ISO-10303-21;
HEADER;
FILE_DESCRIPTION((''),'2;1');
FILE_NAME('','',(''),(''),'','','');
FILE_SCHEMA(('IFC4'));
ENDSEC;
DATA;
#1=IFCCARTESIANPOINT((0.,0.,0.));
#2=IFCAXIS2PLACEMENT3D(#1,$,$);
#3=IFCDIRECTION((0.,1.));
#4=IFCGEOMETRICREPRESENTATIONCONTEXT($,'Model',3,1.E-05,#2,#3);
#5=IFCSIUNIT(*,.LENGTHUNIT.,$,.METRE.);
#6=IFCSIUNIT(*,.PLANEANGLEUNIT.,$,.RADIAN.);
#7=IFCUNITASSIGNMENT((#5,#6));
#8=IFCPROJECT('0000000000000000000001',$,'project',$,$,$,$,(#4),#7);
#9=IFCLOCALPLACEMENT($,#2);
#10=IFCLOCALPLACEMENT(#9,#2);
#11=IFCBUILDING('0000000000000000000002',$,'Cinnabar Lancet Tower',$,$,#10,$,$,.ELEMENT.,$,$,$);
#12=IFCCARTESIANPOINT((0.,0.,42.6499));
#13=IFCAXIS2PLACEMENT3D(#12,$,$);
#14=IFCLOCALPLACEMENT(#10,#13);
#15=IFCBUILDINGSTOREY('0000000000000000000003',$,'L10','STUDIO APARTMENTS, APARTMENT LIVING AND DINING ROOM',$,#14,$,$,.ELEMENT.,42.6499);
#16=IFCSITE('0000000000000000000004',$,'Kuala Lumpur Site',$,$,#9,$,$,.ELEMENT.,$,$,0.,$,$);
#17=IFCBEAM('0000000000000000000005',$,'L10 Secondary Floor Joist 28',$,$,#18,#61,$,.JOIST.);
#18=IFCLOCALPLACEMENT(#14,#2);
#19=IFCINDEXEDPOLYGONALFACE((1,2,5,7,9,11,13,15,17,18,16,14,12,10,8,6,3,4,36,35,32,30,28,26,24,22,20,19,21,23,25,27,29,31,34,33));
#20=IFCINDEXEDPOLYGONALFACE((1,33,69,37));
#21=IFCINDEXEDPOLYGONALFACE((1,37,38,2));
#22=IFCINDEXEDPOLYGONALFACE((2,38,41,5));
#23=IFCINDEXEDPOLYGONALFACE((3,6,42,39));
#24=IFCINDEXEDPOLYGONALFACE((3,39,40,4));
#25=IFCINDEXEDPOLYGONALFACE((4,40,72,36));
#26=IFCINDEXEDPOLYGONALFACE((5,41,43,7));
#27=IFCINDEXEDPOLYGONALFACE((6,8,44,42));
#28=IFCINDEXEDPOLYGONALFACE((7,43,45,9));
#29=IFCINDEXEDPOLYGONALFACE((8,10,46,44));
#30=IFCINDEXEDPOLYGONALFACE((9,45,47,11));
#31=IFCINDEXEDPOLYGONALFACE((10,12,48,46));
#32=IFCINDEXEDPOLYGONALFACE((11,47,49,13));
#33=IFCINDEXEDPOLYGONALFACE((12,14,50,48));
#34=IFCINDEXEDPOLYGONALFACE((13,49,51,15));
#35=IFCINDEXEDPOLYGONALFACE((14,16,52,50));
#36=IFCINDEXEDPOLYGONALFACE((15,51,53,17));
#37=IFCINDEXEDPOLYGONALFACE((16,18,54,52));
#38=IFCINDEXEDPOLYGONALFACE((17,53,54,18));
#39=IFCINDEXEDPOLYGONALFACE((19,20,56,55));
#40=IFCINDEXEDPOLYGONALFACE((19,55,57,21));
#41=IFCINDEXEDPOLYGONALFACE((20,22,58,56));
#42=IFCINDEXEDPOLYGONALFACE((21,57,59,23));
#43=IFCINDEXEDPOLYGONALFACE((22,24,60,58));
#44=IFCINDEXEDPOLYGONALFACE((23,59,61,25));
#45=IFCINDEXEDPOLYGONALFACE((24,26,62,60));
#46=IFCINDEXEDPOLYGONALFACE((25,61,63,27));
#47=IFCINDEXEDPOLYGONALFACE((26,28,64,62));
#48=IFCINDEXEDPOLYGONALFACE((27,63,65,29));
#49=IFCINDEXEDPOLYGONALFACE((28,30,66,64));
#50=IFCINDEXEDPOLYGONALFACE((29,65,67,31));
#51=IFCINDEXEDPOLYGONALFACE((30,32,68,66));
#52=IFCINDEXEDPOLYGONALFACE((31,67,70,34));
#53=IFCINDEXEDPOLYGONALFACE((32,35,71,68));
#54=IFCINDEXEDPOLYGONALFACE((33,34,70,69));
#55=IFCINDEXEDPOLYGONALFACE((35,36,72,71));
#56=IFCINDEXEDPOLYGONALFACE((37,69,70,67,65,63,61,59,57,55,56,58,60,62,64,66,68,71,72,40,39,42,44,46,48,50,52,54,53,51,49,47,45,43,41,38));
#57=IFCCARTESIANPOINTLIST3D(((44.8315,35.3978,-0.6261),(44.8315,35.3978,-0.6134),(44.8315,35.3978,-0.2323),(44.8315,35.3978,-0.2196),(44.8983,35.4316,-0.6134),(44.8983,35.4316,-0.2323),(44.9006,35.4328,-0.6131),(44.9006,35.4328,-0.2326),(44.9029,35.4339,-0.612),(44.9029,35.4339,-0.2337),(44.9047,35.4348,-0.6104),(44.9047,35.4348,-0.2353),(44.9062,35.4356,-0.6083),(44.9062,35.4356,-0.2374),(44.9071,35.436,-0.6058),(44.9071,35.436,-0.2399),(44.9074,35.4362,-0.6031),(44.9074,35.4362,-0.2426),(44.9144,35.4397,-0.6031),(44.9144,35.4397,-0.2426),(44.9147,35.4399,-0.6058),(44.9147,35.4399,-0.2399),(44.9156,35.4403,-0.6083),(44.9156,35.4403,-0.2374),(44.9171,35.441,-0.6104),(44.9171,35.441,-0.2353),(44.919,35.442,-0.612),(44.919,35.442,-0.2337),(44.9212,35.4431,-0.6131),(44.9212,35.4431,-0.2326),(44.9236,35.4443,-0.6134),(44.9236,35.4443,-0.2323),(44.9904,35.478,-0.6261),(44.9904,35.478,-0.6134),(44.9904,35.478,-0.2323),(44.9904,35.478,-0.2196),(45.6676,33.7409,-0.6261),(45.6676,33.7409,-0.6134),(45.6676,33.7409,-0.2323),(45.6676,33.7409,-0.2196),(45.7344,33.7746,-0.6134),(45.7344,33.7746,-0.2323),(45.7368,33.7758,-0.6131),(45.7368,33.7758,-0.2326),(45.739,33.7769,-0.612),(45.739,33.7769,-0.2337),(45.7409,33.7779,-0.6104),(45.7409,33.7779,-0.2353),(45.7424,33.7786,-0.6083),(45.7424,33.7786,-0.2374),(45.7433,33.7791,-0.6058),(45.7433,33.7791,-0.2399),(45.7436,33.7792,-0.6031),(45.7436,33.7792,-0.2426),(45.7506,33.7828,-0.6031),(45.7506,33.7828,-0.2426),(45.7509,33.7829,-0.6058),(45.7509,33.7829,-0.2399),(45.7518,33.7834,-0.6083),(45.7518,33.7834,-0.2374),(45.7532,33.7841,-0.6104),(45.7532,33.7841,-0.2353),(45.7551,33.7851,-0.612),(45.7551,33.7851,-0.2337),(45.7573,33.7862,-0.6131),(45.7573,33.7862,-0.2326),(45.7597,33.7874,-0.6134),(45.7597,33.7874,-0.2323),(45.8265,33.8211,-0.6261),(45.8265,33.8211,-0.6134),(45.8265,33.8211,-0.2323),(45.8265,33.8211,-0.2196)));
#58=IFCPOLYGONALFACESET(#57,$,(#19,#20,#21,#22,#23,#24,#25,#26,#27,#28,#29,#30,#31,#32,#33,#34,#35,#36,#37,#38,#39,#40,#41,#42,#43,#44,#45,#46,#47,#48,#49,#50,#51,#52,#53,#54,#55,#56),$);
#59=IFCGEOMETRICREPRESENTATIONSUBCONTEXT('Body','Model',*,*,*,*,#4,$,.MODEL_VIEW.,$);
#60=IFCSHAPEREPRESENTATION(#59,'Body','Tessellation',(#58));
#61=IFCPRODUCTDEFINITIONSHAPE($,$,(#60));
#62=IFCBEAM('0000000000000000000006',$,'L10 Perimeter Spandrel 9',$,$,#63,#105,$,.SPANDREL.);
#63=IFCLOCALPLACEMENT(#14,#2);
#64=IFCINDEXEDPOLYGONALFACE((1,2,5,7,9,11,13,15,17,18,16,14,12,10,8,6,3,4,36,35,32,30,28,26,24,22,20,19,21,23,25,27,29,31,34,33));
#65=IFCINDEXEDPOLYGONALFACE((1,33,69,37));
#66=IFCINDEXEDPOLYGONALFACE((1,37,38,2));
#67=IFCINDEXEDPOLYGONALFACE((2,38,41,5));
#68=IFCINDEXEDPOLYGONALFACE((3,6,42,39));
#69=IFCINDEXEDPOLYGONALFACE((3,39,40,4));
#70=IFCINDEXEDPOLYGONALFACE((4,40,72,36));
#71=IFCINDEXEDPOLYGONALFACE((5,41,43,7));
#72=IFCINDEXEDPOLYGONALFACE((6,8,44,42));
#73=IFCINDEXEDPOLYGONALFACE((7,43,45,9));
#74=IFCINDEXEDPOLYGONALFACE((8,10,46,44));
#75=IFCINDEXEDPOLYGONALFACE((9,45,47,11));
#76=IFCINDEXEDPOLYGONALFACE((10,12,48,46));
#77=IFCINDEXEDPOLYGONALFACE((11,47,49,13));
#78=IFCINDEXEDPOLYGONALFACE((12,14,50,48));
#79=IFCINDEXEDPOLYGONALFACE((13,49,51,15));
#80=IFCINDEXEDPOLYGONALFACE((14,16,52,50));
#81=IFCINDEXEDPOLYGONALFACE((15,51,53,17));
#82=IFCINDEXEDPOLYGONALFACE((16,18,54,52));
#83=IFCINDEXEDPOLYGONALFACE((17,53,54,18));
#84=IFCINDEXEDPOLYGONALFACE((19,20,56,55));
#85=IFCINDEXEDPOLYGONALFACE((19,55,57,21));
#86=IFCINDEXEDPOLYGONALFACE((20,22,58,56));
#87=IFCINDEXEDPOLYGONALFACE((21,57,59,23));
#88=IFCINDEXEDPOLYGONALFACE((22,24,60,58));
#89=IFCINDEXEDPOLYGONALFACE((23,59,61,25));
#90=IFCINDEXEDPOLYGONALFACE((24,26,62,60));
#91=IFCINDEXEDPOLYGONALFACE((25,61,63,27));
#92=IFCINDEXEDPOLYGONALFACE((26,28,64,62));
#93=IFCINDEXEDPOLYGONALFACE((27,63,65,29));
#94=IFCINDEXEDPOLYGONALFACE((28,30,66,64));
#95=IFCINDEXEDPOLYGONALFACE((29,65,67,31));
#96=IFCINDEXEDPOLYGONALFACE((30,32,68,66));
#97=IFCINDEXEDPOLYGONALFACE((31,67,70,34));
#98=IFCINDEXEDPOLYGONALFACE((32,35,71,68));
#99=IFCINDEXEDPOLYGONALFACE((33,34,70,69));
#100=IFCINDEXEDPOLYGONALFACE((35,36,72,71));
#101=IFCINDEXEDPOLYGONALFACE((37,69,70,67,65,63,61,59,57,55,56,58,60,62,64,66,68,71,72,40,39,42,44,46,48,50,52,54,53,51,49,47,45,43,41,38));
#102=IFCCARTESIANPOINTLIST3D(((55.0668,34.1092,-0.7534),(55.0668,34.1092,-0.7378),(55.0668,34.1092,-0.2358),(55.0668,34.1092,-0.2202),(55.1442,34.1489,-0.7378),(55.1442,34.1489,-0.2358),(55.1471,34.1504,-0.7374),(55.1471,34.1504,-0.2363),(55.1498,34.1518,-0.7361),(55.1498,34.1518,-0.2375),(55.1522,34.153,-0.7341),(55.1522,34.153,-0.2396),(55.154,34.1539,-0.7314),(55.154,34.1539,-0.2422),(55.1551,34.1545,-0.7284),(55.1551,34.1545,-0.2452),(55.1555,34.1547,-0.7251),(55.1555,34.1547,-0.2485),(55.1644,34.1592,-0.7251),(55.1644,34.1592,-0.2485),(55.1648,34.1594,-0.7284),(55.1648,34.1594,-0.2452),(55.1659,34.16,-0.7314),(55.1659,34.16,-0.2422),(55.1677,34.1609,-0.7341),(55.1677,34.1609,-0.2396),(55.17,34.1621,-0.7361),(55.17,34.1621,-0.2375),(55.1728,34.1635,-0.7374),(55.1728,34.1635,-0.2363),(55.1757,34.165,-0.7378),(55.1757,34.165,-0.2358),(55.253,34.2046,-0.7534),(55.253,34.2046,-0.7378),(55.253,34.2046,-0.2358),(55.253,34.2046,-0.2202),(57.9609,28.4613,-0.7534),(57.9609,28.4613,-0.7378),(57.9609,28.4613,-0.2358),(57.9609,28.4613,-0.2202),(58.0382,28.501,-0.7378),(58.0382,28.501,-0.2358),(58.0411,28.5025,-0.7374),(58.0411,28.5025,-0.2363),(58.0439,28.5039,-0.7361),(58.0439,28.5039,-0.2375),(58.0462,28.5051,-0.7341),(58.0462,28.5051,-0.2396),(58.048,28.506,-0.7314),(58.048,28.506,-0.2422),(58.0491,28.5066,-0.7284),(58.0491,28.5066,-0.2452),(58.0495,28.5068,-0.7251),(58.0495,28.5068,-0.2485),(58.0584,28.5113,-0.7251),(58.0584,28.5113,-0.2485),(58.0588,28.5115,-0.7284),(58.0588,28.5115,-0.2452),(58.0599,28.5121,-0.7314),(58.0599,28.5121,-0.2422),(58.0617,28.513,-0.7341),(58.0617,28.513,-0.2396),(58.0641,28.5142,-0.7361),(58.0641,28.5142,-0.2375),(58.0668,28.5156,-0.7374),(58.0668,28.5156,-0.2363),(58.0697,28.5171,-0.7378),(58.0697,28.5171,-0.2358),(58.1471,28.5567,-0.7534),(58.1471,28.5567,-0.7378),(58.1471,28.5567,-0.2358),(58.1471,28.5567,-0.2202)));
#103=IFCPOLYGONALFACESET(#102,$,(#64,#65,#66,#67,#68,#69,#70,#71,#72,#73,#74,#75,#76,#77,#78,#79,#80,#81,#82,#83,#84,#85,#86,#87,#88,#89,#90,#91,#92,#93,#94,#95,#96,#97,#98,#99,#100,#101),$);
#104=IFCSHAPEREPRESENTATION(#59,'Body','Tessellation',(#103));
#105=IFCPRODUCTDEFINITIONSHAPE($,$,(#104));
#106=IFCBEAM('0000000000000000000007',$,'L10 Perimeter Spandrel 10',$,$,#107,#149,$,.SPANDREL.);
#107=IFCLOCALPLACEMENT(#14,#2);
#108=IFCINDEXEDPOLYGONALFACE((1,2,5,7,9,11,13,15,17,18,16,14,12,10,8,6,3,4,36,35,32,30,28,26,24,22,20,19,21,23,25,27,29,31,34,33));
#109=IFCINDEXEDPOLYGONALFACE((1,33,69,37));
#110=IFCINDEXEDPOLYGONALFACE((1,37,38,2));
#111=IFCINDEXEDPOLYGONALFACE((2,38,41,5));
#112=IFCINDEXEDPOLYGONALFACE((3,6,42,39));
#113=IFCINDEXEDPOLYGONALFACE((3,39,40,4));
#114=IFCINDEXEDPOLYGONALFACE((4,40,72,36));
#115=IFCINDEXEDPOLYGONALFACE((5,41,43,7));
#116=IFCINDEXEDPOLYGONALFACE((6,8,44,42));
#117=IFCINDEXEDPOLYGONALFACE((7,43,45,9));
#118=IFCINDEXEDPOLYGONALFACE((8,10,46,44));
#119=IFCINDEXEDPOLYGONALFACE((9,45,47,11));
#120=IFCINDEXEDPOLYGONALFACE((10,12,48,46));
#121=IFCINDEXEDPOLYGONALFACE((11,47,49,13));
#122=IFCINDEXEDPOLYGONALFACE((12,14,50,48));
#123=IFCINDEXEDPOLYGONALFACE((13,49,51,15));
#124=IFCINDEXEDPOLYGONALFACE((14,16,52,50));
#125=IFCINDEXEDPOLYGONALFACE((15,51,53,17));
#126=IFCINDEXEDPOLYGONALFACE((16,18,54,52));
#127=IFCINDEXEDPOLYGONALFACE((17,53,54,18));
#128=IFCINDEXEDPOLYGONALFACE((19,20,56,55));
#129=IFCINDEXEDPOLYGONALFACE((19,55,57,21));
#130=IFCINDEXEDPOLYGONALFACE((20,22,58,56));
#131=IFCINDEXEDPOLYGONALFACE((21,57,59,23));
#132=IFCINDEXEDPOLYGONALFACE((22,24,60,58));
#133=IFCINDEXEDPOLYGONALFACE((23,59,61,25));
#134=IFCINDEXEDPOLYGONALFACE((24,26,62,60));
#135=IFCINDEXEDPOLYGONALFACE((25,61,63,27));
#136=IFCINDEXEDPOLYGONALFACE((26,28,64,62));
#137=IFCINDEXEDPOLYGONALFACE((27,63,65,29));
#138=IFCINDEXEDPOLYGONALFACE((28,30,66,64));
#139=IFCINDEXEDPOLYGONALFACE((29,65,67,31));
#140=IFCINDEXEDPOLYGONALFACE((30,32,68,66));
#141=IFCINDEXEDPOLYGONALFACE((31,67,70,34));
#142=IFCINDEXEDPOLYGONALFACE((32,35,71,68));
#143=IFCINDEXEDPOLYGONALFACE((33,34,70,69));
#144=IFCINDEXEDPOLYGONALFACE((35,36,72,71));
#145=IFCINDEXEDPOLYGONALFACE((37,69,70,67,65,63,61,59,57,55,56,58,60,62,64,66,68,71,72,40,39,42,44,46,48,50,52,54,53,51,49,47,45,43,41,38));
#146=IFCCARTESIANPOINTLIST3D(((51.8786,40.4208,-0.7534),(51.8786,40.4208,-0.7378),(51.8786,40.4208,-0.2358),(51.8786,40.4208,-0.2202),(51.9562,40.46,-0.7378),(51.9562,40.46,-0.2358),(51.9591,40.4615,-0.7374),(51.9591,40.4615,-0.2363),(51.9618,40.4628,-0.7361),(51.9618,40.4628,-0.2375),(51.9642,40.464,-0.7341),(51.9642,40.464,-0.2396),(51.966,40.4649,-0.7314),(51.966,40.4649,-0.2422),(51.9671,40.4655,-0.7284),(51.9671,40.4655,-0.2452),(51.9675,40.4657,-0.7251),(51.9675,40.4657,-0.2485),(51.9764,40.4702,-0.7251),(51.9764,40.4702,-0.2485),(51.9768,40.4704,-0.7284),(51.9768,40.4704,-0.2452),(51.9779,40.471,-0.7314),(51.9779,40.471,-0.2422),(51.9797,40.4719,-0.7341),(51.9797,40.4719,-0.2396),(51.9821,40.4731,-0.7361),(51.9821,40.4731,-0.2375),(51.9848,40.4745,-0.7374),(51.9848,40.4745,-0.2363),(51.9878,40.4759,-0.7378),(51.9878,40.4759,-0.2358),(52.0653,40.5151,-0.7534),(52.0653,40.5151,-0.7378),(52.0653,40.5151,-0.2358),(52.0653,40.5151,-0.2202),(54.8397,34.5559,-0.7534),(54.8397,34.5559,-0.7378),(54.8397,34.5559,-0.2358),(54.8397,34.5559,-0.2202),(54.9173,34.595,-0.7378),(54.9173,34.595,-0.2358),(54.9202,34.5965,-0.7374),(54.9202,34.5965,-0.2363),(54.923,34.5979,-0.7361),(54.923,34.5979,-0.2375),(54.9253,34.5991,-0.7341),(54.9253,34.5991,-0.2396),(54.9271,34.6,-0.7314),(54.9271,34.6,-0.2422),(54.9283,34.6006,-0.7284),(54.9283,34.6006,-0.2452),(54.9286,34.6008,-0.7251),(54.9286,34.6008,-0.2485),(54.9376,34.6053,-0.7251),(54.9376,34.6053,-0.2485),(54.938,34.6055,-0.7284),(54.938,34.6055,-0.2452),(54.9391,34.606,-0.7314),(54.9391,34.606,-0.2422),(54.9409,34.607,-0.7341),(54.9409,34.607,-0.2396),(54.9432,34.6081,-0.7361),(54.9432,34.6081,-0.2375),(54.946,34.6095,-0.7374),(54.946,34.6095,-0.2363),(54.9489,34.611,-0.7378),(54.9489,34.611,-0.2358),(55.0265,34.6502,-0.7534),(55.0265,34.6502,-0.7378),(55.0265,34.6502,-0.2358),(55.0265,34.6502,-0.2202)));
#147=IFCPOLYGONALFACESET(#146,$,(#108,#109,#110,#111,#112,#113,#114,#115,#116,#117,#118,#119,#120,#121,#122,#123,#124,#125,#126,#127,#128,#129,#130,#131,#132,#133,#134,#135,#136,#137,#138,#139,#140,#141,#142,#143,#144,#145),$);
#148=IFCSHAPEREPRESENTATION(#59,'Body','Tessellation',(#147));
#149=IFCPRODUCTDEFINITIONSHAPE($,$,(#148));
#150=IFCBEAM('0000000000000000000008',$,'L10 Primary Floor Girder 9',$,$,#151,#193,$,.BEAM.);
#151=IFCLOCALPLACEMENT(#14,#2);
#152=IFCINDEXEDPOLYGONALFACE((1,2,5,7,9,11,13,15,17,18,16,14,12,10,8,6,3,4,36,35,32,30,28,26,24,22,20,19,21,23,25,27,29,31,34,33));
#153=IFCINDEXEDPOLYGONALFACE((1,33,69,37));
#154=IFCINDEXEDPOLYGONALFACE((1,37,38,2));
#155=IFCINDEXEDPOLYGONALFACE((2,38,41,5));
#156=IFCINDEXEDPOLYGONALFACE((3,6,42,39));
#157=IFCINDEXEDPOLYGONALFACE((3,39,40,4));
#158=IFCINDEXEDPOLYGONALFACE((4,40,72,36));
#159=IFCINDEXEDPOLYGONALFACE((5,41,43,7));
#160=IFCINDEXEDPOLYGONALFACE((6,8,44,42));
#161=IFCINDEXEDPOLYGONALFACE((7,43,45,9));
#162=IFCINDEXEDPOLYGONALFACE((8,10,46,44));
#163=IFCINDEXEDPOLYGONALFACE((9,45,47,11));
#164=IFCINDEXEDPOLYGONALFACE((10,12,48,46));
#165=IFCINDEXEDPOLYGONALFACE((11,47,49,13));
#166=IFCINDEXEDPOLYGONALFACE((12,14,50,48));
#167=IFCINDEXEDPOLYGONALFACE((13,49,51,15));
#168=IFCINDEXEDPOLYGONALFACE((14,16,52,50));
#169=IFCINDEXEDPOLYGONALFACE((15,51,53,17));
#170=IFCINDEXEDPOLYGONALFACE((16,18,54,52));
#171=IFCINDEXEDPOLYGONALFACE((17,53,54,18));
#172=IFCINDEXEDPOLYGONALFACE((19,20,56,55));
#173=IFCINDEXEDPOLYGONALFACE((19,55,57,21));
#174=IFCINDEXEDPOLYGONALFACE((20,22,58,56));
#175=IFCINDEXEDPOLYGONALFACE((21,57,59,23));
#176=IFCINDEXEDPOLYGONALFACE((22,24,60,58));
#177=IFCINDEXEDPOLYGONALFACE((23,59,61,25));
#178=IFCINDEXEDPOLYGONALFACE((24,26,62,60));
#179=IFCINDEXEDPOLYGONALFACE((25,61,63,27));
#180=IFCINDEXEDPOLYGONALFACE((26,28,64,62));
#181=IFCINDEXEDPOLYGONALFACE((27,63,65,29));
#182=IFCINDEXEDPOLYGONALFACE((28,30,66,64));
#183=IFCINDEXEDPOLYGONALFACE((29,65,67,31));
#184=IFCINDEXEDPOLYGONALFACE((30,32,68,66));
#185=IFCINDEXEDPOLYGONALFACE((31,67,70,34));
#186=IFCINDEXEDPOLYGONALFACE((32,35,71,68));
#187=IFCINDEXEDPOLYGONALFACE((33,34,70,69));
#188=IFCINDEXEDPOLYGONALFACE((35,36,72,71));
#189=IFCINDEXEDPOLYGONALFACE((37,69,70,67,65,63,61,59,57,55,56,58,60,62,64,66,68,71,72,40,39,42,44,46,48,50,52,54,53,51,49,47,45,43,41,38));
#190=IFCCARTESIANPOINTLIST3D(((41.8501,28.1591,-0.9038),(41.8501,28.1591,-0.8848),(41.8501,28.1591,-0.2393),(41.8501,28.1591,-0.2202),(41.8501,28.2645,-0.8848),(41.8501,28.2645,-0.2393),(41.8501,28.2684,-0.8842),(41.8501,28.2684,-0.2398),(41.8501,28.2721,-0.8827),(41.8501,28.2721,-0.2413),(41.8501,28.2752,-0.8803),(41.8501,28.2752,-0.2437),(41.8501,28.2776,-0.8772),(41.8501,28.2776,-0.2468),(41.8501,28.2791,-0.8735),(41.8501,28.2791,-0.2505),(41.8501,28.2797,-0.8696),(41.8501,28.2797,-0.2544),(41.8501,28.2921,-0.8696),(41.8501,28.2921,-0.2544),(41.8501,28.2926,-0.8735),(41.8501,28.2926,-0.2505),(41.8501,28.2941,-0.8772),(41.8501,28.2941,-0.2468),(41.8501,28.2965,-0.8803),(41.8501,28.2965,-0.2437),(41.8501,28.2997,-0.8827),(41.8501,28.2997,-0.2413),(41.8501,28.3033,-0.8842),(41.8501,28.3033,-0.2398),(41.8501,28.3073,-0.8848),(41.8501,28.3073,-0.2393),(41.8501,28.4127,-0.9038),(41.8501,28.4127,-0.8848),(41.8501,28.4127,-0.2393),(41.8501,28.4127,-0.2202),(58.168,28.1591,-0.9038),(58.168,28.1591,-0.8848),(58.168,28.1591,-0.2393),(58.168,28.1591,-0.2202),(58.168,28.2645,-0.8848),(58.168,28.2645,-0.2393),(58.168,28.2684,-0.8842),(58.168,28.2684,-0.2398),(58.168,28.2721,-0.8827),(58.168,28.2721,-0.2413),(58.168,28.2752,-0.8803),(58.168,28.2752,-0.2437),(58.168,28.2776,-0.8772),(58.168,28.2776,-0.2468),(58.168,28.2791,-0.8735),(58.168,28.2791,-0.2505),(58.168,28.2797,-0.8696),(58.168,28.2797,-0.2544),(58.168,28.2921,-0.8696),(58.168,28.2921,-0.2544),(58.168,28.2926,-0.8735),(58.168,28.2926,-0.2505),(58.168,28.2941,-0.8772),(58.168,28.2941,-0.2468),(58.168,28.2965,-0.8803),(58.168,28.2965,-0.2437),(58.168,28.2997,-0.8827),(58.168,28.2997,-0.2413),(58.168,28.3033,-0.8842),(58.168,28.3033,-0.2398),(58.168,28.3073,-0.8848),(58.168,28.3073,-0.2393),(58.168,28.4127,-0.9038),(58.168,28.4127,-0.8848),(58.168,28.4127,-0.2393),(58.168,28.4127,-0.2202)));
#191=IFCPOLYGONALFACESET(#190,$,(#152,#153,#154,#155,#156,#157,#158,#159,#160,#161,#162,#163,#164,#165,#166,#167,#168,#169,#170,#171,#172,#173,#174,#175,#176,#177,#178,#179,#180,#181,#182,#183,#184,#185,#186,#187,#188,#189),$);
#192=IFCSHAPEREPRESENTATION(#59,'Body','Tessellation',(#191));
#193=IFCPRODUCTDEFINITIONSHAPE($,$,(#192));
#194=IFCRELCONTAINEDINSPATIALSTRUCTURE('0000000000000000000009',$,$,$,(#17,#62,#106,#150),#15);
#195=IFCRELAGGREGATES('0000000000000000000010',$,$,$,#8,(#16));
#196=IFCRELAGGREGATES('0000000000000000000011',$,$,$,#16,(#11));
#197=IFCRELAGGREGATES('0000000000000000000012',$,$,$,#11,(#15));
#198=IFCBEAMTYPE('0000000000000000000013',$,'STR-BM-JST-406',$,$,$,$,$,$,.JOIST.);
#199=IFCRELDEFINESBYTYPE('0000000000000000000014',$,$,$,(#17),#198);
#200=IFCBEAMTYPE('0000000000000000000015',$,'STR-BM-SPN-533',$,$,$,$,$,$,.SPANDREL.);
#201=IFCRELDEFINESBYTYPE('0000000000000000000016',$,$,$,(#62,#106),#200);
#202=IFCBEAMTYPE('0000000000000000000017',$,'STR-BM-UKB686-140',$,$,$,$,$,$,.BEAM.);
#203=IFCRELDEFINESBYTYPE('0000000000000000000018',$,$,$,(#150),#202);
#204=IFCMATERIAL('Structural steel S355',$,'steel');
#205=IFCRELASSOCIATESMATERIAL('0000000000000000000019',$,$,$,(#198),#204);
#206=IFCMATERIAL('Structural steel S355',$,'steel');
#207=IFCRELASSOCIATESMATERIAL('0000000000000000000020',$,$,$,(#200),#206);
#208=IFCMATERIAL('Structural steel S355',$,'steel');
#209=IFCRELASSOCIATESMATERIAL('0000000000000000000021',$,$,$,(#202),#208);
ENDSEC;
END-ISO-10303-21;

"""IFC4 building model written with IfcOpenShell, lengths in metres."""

from ifc_helpers import new_model, si_unit, direction, frame, origin, origin_2d, place, context, subcontext, project, spatial, i_section, extrude, material, material_profile, profile_set, type_object, element, save


model = new_model("IFC4")

# Units and contexts
model_context = context("Model", 3, precision=1e-05, world=origin(), true_north=direction((0.0, 1.0)))
body_context = subcontext(model_context, "Body", "Model", "MODEL_VIEW")
ifc_project = project(units=[si_unit("LENGTHUNIT", "METRE"), si_unit("PLANEANGLEUNIT", "RADIAN")], contexts=[model_context])

# Site, building, storey
site_placement = place(None, origin())
site = spatial("IfcSite", under=ifc_project, at=site_placement, Name="Kuala Lumpur Site", CompositionType="ELEMENT", RefElevation=0.0)
building_placement = place(site_placement, origin())
building = spatial("IfcBuilding", under=site, at=building_placement, Name="Cinnabar Lancet Tower", CompositionType="ELEMENT")
storey_placement = place(building_placement, frame((0.0, 0.0, 42.6499)))
storey = spatial("IfcBuildingStorey", under=building, at=storey_placement, Name="L10", Description="STUDIO APARTMENTS, APARTMENT LIVING AND DINING ROOM", CompositionType="ELEMENT", Elevation=42.6499)

# Beams
ifc_material_1 = material(Name="Structural steel S355", Category="steel")
ifc_material_profile_1 = material_profile(ifc_material_1, i_section(OverallWidth=0.178, OverallDepth=0.4065, WebThickness=0.0078, FlangeThickness=0.0127, FilletRadius=0.0103, at=origin_2d()), Name="UKB 406x178x60")
ifc_profile_set_1 = profile_set([ifc_material_profile_1], Name="Structural steel S355")
beam_type_1 = type_object("IfcBeamType", Name="STR-BM-JST-406", PredefinedType="JOIST", material=ifc_profile_set_1)
beam_1_placement = place(storey_placement, frame((45.7471, 33.781, -0.4229), z_axis=(-0.450525, 0.892764, 0.0), x_axis=(-0.892764, -0.450525, 0.0)))
element("IfcBeam", 1, at=beam_1_placement, inside=storey, type_object=beam_type_1, Name="L10 Secondary Floor Joist 28", PredefinedType="JOIST", context=body_context, shape_type="SweptSolid", body=[
    extrude(i_section(OverallWidth=0.178, OverallDepth=0.4065, WebThickness=0.0078, FlangeThickness=0.0127, FilletRadius=0.0103, at=origin_2d()), origin(), (0.0, 0.0, 1.0), 1.856),
])
ifc_material_2 = material(Name="Structural steel S355", Category="steel")
ifc_material_profile_2 = material_profile(ifc_material_2, i_section(OverallWidth=0.2092, OverallDepth=0.5332, WebThickness=0.01, FlangeThickness=0.0156, FilletRadius=0.0127, at=origin_2d()), Name="UKB 533x210x92")
ifc_profile_set_2 = profile_set([ifc_material_profile_2], Name="Structural steel S355")
beam_type_2 = type_object("IfcBeamType", Name="STR-BM-SPN-533", PredefinedType="SPANDREL", material=ifc_profile_set_2)
beam_2_placement = place(storey_placement, frame((58.054, 28.509, -0.4868), z_axis=(-0.456025, 0.889967, 0.0), x_axis=(-0.889967, -0.456025, 0.0)))
element("IfcBeam", 2, at=beam_2_placement, inside=storey, type_object=beam_type_2, Name="L10 Perimeter Spandrel 9", PredefinedType="SPANDREL", context=body_context, shape_type="SweptSolid", body=[
    extrude(i_section(OverallWidth=0.2092, OverallDepth=0.5332, WebThickness=0.01, FlangeThickness=0.0156, FilletRadius=0.0127, at=origin_2d()), origin(), (0.0, 0.0, 1.0), 6.3462),
])
beam_3_placement = place(storey_placement, frame((54.9331, 34.603, -0.4868), z_axis=(-0.450703, 0.892674, 0.0), x_axis=(-0.892674, -0.450703, 0.0)))
element("IfcBeam", 3, at=beam_3_placement, inside=storey, type_object=beam_type_2, Name="L10 Perimeter Spandrel 10", PredefinedType="SPANDREL", context=body_context, shape_type="SweptSolid", body=[
    extrude(i_section(OverallWidth=0.2092, OverallDepth=0.5332, WebThickness=0.01, FlangeThickness=0.0156, FilletRadius=0.0127, at=origin_2d()), origin(), (0.0, 0.0, 1.0), 6.5701),
])
ifc_material_3 = material(Name="Structural steel S355", Category="steel")
ifc_material_profile_3 = material_profile(ifc_material_3, i_section(OverallWidth=0.2537, OverallDepth=0.6836, WebThickness=0.0125, FlangeThickness=0.019, FilletRadius=0.0151, at=origin_2d()), Name="UKB 686x254x140")
ifc_profile_set_3 = profile_set([ifc_material_profile_3], Name="Structural steel S355")
beam_type_3 = type_object("IfcBeamType", Name="STR-BM-UKB686-140", PredefinedType="BEAM", material=ifc_profile_set_3)
beam_4_placement = place(storey_placement, frame((58.168, 28.2859, -0.562), z_axis=(-1.0, 0.0, 0.0), x_axis=(0.0, -1.0, 0.0)))
element("IfcBeam", 4, at=beam_4_placement, inside=storey, type_object=beam_type_3, Name="L10 Primary Floor Girder 9", PredefinedType="BEAM", context=body_context, shape_type="SweptSolid", body=[
    extrude(i_section(OverallWidth=0.2537, OverallDepth=0.6836, WebThickness=0.0125, FlangeThickness=0.019, FilletRadius=0.0151, at=origin_2d()), origin(), (0.0, 0.0, 1.0), 16.3179),
])

save(model, "model.ifc")
